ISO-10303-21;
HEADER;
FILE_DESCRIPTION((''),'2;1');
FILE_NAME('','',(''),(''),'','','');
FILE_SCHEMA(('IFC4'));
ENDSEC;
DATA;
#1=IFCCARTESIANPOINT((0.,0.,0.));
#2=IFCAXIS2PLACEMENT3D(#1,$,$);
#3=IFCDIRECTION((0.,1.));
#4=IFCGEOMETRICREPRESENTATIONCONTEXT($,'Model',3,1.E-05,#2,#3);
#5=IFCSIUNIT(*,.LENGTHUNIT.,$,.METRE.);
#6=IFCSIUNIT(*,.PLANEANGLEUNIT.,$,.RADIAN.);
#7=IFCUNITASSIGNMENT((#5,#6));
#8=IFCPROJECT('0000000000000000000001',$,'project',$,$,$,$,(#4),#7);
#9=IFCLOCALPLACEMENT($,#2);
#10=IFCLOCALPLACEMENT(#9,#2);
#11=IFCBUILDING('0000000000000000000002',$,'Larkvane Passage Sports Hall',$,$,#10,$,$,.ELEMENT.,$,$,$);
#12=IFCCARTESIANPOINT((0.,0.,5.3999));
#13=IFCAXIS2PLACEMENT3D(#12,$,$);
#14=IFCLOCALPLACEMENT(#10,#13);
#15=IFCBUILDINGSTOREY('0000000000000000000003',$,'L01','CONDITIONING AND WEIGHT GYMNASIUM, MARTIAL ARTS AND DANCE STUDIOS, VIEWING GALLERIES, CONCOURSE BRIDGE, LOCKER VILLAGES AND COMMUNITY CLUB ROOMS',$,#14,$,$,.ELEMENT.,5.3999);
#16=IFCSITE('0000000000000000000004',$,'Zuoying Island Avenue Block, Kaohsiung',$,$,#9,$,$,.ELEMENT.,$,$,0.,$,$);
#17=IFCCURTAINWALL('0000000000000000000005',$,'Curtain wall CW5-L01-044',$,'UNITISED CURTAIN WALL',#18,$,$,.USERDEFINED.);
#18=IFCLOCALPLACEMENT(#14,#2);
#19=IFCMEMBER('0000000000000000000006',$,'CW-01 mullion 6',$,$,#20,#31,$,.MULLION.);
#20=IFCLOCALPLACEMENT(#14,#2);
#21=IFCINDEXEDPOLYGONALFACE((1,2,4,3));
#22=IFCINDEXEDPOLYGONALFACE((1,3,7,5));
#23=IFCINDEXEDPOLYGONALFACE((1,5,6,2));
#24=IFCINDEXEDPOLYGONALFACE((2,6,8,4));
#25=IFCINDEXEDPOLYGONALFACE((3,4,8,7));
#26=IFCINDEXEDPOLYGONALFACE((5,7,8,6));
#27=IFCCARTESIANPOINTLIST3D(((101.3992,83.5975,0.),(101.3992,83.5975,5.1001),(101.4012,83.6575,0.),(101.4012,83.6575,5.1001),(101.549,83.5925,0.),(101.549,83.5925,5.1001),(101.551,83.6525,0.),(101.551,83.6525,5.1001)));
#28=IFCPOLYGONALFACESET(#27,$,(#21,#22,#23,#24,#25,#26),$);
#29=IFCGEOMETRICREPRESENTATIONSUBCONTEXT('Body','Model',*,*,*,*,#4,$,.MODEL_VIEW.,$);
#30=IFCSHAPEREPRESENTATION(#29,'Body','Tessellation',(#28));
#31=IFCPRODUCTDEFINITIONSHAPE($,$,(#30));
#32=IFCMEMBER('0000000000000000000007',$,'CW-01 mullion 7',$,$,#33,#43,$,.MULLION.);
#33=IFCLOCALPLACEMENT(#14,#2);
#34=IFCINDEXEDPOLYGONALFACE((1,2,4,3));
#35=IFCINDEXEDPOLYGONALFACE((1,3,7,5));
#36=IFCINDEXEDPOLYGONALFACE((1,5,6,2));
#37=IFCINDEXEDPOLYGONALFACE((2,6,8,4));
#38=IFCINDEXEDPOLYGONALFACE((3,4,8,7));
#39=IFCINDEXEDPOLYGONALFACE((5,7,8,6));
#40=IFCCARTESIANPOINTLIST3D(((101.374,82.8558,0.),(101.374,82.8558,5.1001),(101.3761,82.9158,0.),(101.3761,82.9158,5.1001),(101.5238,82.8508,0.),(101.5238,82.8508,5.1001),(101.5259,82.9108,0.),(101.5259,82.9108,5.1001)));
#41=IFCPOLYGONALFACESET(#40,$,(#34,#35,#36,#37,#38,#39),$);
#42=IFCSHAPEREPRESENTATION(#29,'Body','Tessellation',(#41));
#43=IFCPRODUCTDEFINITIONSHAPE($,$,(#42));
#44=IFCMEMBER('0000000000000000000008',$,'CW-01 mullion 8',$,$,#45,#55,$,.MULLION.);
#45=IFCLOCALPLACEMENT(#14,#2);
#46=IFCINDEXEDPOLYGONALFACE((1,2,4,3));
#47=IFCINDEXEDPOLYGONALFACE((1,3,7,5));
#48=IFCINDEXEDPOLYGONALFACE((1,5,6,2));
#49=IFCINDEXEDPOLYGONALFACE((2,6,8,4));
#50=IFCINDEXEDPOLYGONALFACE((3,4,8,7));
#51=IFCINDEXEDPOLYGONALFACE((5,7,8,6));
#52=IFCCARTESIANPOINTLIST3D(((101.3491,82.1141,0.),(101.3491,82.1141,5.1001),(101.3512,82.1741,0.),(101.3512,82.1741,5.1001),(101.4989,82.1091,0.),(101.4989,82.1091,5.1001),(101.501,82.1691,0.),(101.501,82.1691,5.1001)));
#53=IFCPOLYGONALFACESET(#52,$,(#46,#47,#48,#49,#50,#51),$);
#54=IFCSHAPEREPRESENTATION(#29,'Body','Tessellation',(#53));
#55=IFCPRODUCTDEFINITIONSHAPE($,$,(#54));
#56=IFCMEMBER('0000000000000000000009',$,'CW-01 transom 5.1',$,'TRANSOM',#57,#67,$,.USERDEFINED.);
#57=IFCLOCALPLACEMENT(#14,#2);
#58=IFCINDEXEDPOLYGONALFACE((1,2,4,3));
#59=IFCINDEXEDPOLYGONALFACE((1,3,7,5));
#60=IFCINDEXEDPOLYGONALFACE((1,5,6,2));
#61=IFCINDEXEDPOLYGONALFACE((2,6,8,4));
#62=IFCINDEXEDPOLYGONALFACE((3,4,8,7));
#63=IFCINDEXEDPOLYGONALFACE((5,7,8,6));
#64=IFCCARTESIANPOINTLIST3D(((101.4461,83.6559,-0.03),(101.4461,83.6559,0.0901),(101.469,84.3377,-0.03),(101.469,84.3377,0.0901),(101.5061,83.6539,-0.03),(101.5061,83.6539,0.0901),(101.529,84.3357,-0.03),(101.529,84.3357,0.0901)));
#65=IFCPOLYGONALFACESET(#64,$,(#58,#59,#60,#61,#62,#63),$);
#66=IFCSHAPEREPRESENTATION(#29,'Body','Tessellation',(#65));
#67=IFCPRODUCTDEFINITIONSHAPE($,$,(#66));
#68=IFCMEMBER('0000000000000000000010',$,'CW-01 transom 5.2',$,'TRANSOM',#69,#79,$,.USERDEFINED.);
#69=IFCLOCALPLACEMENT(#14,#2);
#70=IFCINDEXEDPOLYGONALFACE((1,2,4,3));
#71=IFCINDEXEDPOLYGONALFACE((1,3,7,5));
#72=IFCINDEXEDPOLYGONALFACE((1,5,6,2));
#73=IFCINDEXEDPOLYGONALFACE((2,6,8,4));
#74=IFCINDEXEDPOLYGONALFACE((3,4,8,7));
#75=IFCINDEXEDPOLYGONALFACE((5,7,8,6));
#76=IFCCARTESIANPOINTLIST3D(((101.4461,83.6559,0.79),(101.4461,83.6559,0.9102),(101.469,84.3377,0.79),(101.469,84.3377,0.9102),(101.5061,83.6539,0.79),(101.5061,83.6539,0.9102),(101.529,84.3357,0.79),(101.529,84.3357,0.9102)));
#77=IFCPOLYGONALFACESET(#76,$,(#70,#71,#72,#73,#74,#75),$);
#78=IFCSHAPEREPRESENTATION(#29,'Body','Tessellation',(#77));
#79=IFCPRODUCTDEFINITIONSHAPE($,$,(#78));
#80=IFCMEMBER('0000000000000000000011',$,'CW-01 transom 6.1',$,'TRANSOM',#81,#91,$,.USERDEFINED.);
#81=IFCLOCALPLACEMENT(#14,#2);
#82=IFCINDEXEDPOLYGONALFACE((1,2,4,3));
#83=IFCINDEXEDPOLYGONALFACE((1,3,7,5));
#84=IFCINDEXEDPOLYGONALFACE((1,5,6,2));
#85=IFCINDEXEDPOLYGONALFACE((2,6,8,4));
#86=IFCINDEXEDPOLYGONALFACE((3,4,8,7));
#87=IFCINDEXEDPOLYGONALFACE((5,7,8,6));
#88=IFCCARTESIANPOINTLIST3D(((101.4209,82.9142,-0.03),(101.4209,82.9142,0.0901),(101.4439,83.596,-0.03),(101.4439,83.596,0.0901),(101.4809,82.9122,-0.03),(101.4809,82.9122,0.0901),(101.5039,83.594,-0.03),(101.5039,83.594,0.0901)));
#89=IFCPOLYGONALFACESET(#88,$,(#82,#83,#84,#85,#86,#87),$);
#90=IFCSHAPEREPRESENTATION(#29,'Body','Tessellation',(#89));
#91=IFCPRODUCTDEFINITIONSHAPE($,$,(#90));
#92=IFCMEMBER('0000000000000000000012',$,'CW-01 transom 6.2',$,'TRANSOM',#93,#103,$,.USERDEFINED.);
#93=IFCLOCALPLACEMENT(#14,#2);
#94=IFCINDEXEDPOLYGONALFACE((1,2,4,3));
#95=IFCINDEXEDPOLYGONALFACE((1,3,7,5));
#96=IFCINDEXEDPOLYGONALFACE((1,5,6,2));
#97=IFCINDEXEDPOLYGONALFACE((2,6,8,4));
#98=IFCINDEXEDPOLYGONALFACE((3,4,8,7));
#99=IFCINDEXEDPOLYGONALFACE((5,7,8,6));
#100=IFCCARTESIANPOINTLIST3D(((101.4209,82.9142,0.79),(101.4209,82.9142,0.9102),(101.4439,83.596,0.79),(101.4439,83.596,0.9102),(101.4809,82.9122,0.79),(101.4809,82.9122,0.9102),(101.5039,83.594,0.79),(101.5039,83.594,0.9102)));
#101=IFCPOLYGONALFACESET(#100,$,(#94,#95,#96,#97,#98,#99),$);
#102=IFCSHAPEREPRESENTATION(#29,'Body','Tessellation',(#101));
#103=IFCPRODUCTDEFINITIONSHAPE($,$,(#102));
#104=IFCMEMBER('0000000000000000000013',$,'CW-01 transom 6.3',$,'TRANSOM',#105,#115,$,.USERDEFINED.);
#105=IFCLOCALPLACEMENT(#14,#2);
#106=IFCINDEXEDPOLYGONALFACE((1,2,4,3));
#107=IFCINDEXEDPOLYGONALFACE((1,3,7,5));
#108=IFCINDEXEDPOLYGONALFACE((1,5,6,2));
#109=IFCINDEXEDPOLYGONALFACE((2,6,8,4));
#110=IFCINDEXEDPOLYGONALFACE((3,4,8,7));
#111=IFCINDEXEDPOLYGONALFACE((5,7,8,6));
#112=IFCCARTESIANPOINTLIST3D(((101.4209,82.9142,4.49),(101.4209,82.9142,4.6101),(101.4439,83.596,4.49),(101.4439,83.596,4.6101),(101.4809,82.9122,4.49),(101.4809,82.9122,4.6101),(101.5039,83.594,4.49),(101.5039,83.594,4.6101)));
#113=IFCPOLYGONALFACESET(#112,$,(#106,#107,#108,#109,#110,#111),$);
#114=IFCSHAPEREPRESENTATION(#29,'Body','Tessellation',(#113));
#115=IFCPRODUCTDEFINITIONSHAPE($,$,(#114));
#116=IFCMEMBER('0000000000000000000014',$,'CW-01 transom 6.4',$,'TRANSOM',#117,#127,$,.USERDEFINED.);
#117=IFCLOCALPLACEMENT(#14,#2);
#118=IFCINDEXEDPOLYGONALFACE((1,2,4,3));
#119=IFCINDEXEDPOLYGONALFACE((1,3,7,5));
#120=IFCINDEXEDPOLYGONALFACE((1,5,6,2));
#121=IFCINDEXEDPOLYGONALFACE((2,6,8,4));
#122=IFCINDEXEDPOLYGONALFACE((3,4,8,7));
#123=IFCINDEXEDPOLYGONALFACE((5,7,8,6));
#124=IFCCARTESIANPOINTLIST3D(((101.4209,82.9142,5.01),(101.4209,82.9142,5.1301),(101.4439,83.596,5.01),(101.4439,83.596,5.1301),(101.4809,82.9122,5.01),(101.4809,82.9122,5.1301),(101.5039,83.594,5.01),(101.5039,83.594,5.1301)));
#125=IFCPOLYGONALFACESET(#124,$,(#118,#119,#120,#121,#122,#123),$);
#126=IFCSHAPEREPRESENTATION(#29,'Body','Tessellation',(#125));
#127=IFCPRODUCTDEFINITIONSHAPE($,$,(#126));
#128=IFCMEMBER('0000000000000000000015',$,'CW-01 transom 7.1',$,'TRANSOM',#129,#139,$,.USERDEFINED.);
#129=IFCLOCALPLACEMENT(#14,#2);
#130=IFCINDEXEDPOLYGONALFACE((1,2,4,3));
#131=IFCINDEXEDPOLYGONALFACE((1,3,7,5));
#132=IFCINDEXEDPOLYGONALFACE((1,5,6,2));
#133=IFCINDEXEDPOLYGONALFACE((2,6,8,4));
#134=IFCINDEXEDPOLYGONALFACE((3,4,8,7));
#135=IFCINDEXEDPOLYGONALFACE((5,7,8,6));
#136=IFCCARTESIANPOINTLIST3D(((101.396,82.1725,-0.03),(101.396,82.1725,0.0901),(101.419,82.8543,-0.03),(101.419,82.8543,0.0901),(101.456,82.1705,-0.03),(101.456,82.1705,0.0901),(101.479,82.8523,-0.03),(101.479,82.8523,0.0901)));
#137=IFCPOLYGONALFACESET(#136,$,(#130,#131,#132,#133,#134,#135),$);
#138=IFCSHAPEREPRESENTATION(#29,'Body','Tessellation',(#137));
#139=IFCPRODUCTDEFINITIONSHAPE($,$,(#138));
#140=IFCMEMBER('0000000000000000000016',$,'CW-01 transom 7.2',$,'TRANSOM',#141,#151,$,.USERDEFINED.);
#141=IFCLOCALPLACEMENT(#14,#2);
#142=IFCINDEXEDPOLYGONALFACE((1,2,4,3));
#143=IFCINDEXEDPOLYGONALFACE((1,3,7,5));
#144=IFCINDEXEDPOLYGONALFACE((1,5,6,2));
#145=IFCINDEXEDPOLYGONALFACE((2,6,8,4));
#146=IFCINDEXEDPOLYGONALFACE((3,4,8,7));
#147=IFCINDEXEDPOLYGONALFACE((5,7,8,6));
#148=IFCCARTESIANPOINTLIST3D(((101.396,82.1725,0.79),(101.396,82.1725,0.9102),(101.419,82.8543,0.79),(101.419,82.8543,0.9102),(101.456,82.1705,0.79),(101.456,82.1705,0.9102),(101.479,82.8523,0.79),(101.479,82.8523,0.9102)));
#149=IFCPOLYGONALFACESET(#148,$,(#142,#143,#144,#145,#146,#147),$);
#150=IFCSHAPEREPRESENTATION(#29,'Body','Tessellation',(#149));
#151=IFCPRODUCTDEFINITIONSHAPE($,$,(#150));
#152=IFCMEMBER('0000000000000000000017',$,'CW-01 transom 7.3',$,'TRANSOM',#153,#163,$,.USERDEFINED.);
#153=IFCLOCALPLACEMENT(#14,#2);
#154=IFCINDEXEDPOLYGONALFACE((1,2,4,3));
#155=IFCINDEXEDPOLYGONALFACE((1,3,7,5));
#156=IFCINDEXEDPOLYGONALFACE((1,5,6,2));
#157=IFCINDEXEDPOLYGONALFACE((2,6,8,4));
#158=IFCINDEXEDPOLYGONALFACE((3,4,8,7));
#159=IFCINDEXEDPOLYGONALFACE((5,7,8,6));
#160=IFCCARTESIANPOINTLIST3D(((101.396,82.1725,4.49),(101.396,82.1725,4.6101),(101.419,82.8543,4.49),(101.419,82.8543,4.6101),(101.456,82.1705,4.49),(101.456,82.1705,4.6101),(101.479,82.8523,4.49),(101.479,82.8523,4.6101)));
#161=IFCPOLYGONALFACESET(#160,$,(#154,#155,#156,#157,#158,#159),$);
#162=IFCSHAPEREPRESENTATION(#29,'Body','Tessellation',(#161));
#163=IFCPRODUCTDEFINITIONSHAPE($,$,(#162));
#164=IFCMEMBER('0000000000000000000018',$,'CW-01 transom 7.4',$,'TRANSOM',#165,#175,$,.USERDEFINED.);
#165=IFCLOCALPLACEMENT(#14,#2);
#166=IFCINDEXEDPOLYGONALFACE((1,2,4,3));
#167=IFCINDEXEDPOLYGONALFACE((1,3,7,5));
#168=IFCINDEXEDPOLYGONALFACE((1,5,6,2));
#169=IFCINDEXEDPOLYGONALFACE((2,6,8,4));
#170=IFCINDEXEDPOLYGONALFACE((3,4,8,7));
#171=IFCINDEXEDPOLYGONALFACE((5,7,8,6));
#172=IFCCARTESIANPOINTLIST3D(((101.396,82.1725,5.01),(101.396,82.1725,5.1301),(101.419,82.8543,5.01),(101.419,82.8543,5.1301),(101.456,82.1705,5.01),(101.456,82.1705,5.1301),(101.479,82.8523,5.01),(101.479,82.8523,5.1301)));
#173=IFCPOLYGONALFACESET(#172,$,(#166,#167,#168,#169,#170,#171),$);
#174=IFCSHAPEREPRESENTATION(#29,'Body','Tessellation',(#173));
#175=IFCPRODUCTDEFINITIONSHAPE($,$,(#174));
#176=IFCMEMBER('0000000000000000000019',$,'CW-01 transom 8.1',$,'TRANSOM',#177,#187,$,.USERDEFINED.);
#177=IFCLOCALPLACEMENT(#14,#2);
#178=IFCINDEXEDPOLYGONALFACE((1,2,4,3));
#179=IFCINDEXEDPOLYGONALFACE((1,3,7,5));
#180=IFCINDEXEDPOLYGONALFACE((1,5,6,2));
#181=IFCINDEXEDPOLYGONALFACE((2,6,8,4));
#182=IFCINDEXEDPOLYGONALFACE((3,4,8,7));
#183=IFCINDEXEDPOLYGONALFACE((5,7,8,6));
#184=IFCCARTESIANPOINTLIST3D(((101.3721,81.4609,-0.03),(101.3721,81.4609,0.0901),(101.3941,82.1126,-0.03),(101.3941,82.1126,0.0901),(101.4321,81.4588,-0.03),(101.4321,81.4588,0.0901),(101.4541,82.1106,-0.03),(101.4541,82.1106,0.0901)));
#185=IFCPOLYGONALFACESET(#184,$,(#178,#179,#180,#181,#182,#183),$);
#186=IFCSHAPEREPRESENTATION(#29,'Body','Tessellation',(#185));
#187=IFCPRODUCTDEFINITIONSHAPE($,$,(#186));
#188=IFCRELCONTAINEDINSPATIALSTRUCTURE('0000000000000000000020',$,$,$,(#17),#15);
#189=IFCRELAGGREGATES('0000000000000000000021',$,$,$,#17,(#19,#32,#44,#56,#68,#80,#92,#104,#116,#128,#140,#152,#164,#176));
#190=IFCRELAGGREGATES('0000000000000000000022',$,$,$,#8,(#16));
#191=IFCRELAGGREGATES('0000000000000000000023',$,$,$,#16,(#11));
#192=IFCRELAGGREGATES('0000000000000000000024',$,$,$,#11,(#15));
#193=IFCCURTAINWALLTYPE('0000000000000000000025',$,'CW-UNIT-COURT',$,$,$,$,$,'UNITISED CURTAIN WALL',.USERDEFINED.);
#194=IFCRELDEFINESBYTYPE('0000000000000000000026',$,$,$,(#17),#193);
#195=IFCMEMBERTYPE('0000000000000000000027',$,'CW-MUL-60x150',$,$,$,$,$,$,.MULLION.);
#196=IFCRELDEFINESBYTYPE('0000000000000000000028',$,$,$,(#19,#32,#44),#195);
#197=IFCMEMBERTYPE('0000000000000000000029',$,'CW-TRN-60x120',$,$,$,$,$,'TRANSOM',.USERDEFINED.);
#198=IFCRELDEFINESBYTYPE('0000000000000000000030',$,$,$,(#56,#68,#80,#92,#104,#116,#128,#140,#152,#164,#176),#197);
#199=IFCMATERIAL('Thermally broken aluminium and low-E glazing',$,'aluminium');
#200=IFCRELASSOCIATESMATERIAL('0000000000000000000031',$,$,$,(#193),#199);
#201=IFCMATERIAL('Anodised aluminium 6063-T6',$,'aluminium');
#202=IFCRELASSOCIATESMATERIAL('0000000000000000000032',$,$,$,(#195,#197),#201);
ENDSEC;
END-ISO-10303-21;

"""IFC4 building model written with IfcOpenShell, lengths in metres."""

from ifc_helpers import new_model, si_unit, direction, frame, origin, origin_2d, place, context, subcontext, project, spatial, rectangle, extrude, material, material_profile, profile_set, type_object, element, aggregate, save


model = new_model("IFC4")

# Units and contexts
model_context = context("Model", 3, precision=1e-05, world=origin(), true_north=direction((0.0, 1.0)))
body_context = subcontext(model_context, "Body", "Model", "MODEL_VIEW")
ifc_project = project(units=[si_unit("LENGTHUNIT", "METRE"), si_unit("PLANEANGLEUNIT", "RADIAN")], contexts=[model_context])

# Site, building, storey
site_placement = place(None, origin())
site = spatial("IfcSite", under=ifc_project, at=site_placement, Name="Zuoying Island Avenue Block, Kaohsiung", CompositionType="ELEMENT", RefElevation=0.0)
building_placement = place(site_placement, origin())
building = spatial("IfcBuilding", under=site, at=building_placement, Name="Larkvane Passage Sports Hall", CompositionType="ELEMENT")
storey_placement = place(building_placement, frame((0.0, 0.0, 5.3999)))
storey = spatial("IfcBuildingStorey", under=building, at=storey_placement, Name="L01", Description="CONDITIONING AND WEIGHT GYMNASIUM, MARTIAL ARTS AND DANCE STUDIOS, VIEWING GALLERIES, CONCOURSE BRIDGE, LOCKER VILLAGES AND COMMUNITY CLUB ROOMS", CompositionType="ELEMENT", Elevation=5.3999)

# Curtain wall, members
ifc_material_1 = material(Name="Thermally broken aluminium and low-E glazing", Category="aluminium")
curtain_wall_type = type_object("IfcCurtainWallType", Name="CW-UNIT-COURT", ElementType="UNITISED CURTAIN WALL", PredefinedType="USERDEFINED", material=ifc_material_1)
curtain_wall_placement = place(storey_placement, origin())
curtain_wall = element("IfcCurtainWall", 1, at=curtain_wall_placement, inside=storey, type_object=curtain_wall_type, Name="Curtain wall CW5-L01-044", ObjectType="UNITISED CURTAIN WALL", PredefinedType="USERDEFINED")
ifc_material_2 = material(Name="Anodised aluminium 6063-T6", Category="aluminium")
ifc_material_profile_1 = material_profile(ifc_material_2, rectangle(XDim=0.0601, YDim=0.1499, at=origin_2d()), Name="ALU-MUL-60x150")
ifc_profile_set_1 = profile_set([ifc_material_profile_1], Name="Anodised aluminium 6063-T6")
member_type_1 = type_object("IfcMemberType", Name="CW-MUL-60x150", PredefinedType="MULLION", material=ifc_profile_set_1)
member_1_placement = place(storey_placement, frame((101.4751, 83.625, 0.0), z_axis=(0.0, 0.0, 1.0), x_axis=(-0.033689, -0.999432, 0.0)))
member_1 = element("IfcMember", 2, at=member_1_placement, type_object=member_type_1, Name="CW-01 mullion 6", PredefinedType="MULLION", context=body_context, shape_type="SweptSolid", body=[
    extrude(rectangle(XDim=0.0601, YDim=0.1499, at=origin_2d()), origin(), (0.0, 0.0, 1.0), 5.1001),
])
member_2_placement = place(storey_placement, frame((101.45, 82.8833, 0.0), z_axis=(0.0, 0.0, 1.0), x_axis=(-0.033689, -0.999432, 0.0)))
member_2 = element("IfcMember", 3, at=member_2_placement, type_object=member_type_1, Name="CW-01 mullion 7", PredefinedType="MULLION", context=body_context, shape_type="SweptSolid", body=[
    extrude(rectangle(XDim=0.0601, YDim=0.1499, at=origin_2d()), origin(), (0.0, 0.0, 1.0), 5.1001),
])
member_3_placement = place(storey_placement, frame((101.425, 82.1416, 0.0), z_axis=(0.0, 0.0, 1.0), x_axis=(-0.033689, -0.999432, 0.0)))
member_3 = element("IfcMember", 4, at=member_3_placement, type_object=member_type_1, Name="CW-01 mullion 8", PredefinedType="MULLION", context=body_context, shape_type="SweptSolid", body=[
    extrude(rectangle(XDim=0.0601, YDim=0.1499, at=origin_2d()), origin(), (0.0, 0.0, 1.0), 5.1001),
])
ifc_material_profile_2 = material_profile(ifc_material_2, rectangle(XDim=0.0601, YDim=0.1201, at=origin_2d()), Name="ALU-TRN-60x120")
ifc_profile_set_2 = profile_set([ifc_material_profile_2], Name="Anodised aluminium 6063-T6")
member_type_2 = type_object("IfcMemberType", Name="CW-TRN-60x120", ElementType="TRANSOM", PredefinedType="USERDEFINED", material=ifc_profile_set_2)
member_4_placement = place(storey_placement, frame((101.499, 84.3367, 0.03), z_axis=(-0.033649, -0.999434, 0.0), x_axis=(0.999434, -0.033649, 0.0)))
member_4 = element("IfcMember", 5, at=member_4_placement, type_object=member_type_2, Name="CW-01 transom 5.1", ObjectType="TRANSOM", PredefinedType="USERDEFINED", context=body_context, shape_type="SweptSolid", body=[
    extrude(rectangle(XDim=0.0601, YDim=0.1201, at=origin_2d()), origin(), (0.0, 0.0, 1.0), 0.6821),
])
member_5_placement = place(storey_placement, frame((101.499, 84.3367, 0.8501), z_axis=(-0.033649, -0.999434, 0.0), x_axis=(0.999434, -0.033649, 0.0)))
member_5 = element("IfcMember", 6, at=member_5_placement, type_object=member_type_2, Name="CW-01 transom 5.2", ObjectType="TRANSOM", PredefinedType="USERDEFINED", context=body_context, shape_type="SweptSolid", body=[
    extrude(rectangle(XDim=0.0601, YDim=0.1201, at=origin_2d()), origin(), (0.0, 0.0, 1.0), 0.6821),
])
member_6_placement = place(storey_placement, frame((101.4739, 83.595, 0.03), z_axis=(-0.033649, -0.999434, 0.0), x_axis=(0.999434, -0.033649, 0.0)))
member_6 = element("IfcMember", 7, at=member_6_placement, type_object=member_type_2, Name="CW-01 transom 6.1", ObjectType="TRANSOM", PredefinedType="USERDEFINED", context=body_context, shape_type="SweptSolid", body=[
    extrude(rectangle(XDim=0.0601, YDim=0.1201, at=origin_2d()), origin(), (0.0, 0.0, 1.0), 0.6821),
])
member_7_placement = place(storey_placement, frame((101.4739, 83.595, 0.8501), z_axis=(-0.033649, -0.999434, 0.0), x_axis=(0.999434, -0.033649, 0.0)))
member_7 = element("IfcMember", 8, at=member_7_placement, type_object=member_type_2, Name="CW-01 transom 6.2", ObjectType="TRANSOM", PredefinedType="USERDEFINED", context=body_context, shape_type="SweptSolid", body=[
    extrude(rectangle(XDim=0.0601, YDim=0.1201, at=origin_2d()), origin(), (0.0, 0.0, 1.0), 0.6821),
])
member_8_placement = place(storey_placement, frame((101.4739, 83.595, 4.55), z_axis=(-0.033649, -0.999434, 0.0), x_axis=(0.999434, -0.033649, 0.0)))
member_8 = element("IfcMember", 9, at=member_8_placement, type_object=member_type_2, Name="CW-01 transom 6.3", ObjectType="TRANSOM", PredefinedType="USERDEFINED", context=body_context, shape_type="SweptSolid", body=[
    extrude(rectangle(XDim=0.0601, YDim=0.1201, at=origin_2d()), origin(), (0.0, 0.0, 1.0), 0.6821),
])
member_9_placement = place(storey_placement, frame((101.4739, 83.595, 5.0701), z_axis=(-0.033649, -0.999434, 0.0), x_axis=(0.999434, -0.033649, 0.0)))
member_9 = element("IfcMember", 10, at=member_9_placement, type_object=member_type_2, Name="CW-01 transom 6.4", ObjectType="TRANSOM", PredefinedType="USERDEFINED", context=body_context, shape_type="SweptSolid", body=[
    extrude(rectangle(XDim=0.0601, YDim=0.1201, at=origin_2d()), origin(), (0.0, 0.0, 1.0), 0.6821),
])
member_10_placement = place(storey_placement, frame((101.449, 82.8533, 0.03), z_axis=(-0.033649, -0.999434, 0.0), x_axis=(0.999434, -0.033649, 0.0)))
member_10 = element("IfcMember", 11, at=member_10_placement, type_object=member_type_2, Name="CW-01 transom 7.1", ObjectType="TRANSOM", PredefinedType="USERDEFINED", context=body_context, shape_type="SweptSolid", body=[
    extrude(rectangle(XDim=0.0601, YDim=0.1201, at=origin_2d()), origin(), (0.0, 0.0, 1.0), 0.6821),
])
member_11_placement = place(storey_placement, frame((101.449, 82.8533, 0.8501), z_axis=(-0.033649, -0.999434, 0.0), x_axis=(0.999434, -0.033649, 0.0)))
member_11 = element("IfcMember", 12, at=member_11_placement, type_object=member_type_2, Name="CW-01 transom 7.2", ObjectType="TRANSOM", PredefinedType="USERDEFINED", context=body_context, shape_type="SweptSolid", body=[
    extrude(rectangle(XDim=0.0601, YDim=0.1201, at=origin_2d()), origin(), (0.0, 0.0, 1.0), 0.6821),
])
member_12_placement = place(storey_placement, frame((101.449, 82.8533, 4.55), z_axis=(-0.033649, -0.999434, 0.0), x_axis=(0.999434, -0.033649, 0.0)))
member_12 = element("IfcMember", 13, at=member_12_placement, type_object=member_type_2, Name="CW-01 transom 7.3", ObjectType="TRANSOM", PredefinedType="USERDEFINED", context=body_context, shape_type="SweptSolid", body=[
    extrude(rectangle(XDim=0.0601, YDim=0.1201, at=origin_2d()), origin(), (0.0, 0.0, 1.0), 0.6821),
])
member_13_placement = place(storey_placement, frame((101.449, 82.8533, 5.0701), z_axis=(-0.033649, -0.999434, 0.0), x_axis=(0.999434, -0.033649, 0.0)))
member_13 = element("IfcMember", 14, at=member_13_placement, type_object=member_type_2, Name="CW-01 transom 7.4", ObjectType="TRANSOM", PredefinedType="USERDEFINED", context=body_context, shape_type="SweptSolid", body=[
    extrude(rectangle(XDim=0.0601, YDim=0.1201, at=origin_2d()), origin(), (0.0, 0.0, 1.0), 0.6821),
])
member_14_placement = place(storey_placement, frame((101.4241, 82.1116, 0.03), z_axis=(-0.033701, -0.999432, 0.0), x_axis=(0.999432, -0.033701, 0.0)))
member_14 = element("IfcMember", 15, at=member_14_placement, type_object=member_type_2, Name="CW-01 transom 8.1", ObjectType="TRANSOM", PredefinedType="USERDEFINED", context=body_context, shape_type="SweptSolid", body=[
    extrude(rectangle(XDim=0.0601, YDim=0.1201, at=origin_2d()), origin(), (0.0, 0.0, 1.0), 0.6521),
])
aggregate(curtain_wall, [member_1, member_2, member_3, member_4, member_5, member_6, member_7, member_8, member_9, member_10, member_11, member_12, member_13, member_14])

save(model, "model.ifc")
